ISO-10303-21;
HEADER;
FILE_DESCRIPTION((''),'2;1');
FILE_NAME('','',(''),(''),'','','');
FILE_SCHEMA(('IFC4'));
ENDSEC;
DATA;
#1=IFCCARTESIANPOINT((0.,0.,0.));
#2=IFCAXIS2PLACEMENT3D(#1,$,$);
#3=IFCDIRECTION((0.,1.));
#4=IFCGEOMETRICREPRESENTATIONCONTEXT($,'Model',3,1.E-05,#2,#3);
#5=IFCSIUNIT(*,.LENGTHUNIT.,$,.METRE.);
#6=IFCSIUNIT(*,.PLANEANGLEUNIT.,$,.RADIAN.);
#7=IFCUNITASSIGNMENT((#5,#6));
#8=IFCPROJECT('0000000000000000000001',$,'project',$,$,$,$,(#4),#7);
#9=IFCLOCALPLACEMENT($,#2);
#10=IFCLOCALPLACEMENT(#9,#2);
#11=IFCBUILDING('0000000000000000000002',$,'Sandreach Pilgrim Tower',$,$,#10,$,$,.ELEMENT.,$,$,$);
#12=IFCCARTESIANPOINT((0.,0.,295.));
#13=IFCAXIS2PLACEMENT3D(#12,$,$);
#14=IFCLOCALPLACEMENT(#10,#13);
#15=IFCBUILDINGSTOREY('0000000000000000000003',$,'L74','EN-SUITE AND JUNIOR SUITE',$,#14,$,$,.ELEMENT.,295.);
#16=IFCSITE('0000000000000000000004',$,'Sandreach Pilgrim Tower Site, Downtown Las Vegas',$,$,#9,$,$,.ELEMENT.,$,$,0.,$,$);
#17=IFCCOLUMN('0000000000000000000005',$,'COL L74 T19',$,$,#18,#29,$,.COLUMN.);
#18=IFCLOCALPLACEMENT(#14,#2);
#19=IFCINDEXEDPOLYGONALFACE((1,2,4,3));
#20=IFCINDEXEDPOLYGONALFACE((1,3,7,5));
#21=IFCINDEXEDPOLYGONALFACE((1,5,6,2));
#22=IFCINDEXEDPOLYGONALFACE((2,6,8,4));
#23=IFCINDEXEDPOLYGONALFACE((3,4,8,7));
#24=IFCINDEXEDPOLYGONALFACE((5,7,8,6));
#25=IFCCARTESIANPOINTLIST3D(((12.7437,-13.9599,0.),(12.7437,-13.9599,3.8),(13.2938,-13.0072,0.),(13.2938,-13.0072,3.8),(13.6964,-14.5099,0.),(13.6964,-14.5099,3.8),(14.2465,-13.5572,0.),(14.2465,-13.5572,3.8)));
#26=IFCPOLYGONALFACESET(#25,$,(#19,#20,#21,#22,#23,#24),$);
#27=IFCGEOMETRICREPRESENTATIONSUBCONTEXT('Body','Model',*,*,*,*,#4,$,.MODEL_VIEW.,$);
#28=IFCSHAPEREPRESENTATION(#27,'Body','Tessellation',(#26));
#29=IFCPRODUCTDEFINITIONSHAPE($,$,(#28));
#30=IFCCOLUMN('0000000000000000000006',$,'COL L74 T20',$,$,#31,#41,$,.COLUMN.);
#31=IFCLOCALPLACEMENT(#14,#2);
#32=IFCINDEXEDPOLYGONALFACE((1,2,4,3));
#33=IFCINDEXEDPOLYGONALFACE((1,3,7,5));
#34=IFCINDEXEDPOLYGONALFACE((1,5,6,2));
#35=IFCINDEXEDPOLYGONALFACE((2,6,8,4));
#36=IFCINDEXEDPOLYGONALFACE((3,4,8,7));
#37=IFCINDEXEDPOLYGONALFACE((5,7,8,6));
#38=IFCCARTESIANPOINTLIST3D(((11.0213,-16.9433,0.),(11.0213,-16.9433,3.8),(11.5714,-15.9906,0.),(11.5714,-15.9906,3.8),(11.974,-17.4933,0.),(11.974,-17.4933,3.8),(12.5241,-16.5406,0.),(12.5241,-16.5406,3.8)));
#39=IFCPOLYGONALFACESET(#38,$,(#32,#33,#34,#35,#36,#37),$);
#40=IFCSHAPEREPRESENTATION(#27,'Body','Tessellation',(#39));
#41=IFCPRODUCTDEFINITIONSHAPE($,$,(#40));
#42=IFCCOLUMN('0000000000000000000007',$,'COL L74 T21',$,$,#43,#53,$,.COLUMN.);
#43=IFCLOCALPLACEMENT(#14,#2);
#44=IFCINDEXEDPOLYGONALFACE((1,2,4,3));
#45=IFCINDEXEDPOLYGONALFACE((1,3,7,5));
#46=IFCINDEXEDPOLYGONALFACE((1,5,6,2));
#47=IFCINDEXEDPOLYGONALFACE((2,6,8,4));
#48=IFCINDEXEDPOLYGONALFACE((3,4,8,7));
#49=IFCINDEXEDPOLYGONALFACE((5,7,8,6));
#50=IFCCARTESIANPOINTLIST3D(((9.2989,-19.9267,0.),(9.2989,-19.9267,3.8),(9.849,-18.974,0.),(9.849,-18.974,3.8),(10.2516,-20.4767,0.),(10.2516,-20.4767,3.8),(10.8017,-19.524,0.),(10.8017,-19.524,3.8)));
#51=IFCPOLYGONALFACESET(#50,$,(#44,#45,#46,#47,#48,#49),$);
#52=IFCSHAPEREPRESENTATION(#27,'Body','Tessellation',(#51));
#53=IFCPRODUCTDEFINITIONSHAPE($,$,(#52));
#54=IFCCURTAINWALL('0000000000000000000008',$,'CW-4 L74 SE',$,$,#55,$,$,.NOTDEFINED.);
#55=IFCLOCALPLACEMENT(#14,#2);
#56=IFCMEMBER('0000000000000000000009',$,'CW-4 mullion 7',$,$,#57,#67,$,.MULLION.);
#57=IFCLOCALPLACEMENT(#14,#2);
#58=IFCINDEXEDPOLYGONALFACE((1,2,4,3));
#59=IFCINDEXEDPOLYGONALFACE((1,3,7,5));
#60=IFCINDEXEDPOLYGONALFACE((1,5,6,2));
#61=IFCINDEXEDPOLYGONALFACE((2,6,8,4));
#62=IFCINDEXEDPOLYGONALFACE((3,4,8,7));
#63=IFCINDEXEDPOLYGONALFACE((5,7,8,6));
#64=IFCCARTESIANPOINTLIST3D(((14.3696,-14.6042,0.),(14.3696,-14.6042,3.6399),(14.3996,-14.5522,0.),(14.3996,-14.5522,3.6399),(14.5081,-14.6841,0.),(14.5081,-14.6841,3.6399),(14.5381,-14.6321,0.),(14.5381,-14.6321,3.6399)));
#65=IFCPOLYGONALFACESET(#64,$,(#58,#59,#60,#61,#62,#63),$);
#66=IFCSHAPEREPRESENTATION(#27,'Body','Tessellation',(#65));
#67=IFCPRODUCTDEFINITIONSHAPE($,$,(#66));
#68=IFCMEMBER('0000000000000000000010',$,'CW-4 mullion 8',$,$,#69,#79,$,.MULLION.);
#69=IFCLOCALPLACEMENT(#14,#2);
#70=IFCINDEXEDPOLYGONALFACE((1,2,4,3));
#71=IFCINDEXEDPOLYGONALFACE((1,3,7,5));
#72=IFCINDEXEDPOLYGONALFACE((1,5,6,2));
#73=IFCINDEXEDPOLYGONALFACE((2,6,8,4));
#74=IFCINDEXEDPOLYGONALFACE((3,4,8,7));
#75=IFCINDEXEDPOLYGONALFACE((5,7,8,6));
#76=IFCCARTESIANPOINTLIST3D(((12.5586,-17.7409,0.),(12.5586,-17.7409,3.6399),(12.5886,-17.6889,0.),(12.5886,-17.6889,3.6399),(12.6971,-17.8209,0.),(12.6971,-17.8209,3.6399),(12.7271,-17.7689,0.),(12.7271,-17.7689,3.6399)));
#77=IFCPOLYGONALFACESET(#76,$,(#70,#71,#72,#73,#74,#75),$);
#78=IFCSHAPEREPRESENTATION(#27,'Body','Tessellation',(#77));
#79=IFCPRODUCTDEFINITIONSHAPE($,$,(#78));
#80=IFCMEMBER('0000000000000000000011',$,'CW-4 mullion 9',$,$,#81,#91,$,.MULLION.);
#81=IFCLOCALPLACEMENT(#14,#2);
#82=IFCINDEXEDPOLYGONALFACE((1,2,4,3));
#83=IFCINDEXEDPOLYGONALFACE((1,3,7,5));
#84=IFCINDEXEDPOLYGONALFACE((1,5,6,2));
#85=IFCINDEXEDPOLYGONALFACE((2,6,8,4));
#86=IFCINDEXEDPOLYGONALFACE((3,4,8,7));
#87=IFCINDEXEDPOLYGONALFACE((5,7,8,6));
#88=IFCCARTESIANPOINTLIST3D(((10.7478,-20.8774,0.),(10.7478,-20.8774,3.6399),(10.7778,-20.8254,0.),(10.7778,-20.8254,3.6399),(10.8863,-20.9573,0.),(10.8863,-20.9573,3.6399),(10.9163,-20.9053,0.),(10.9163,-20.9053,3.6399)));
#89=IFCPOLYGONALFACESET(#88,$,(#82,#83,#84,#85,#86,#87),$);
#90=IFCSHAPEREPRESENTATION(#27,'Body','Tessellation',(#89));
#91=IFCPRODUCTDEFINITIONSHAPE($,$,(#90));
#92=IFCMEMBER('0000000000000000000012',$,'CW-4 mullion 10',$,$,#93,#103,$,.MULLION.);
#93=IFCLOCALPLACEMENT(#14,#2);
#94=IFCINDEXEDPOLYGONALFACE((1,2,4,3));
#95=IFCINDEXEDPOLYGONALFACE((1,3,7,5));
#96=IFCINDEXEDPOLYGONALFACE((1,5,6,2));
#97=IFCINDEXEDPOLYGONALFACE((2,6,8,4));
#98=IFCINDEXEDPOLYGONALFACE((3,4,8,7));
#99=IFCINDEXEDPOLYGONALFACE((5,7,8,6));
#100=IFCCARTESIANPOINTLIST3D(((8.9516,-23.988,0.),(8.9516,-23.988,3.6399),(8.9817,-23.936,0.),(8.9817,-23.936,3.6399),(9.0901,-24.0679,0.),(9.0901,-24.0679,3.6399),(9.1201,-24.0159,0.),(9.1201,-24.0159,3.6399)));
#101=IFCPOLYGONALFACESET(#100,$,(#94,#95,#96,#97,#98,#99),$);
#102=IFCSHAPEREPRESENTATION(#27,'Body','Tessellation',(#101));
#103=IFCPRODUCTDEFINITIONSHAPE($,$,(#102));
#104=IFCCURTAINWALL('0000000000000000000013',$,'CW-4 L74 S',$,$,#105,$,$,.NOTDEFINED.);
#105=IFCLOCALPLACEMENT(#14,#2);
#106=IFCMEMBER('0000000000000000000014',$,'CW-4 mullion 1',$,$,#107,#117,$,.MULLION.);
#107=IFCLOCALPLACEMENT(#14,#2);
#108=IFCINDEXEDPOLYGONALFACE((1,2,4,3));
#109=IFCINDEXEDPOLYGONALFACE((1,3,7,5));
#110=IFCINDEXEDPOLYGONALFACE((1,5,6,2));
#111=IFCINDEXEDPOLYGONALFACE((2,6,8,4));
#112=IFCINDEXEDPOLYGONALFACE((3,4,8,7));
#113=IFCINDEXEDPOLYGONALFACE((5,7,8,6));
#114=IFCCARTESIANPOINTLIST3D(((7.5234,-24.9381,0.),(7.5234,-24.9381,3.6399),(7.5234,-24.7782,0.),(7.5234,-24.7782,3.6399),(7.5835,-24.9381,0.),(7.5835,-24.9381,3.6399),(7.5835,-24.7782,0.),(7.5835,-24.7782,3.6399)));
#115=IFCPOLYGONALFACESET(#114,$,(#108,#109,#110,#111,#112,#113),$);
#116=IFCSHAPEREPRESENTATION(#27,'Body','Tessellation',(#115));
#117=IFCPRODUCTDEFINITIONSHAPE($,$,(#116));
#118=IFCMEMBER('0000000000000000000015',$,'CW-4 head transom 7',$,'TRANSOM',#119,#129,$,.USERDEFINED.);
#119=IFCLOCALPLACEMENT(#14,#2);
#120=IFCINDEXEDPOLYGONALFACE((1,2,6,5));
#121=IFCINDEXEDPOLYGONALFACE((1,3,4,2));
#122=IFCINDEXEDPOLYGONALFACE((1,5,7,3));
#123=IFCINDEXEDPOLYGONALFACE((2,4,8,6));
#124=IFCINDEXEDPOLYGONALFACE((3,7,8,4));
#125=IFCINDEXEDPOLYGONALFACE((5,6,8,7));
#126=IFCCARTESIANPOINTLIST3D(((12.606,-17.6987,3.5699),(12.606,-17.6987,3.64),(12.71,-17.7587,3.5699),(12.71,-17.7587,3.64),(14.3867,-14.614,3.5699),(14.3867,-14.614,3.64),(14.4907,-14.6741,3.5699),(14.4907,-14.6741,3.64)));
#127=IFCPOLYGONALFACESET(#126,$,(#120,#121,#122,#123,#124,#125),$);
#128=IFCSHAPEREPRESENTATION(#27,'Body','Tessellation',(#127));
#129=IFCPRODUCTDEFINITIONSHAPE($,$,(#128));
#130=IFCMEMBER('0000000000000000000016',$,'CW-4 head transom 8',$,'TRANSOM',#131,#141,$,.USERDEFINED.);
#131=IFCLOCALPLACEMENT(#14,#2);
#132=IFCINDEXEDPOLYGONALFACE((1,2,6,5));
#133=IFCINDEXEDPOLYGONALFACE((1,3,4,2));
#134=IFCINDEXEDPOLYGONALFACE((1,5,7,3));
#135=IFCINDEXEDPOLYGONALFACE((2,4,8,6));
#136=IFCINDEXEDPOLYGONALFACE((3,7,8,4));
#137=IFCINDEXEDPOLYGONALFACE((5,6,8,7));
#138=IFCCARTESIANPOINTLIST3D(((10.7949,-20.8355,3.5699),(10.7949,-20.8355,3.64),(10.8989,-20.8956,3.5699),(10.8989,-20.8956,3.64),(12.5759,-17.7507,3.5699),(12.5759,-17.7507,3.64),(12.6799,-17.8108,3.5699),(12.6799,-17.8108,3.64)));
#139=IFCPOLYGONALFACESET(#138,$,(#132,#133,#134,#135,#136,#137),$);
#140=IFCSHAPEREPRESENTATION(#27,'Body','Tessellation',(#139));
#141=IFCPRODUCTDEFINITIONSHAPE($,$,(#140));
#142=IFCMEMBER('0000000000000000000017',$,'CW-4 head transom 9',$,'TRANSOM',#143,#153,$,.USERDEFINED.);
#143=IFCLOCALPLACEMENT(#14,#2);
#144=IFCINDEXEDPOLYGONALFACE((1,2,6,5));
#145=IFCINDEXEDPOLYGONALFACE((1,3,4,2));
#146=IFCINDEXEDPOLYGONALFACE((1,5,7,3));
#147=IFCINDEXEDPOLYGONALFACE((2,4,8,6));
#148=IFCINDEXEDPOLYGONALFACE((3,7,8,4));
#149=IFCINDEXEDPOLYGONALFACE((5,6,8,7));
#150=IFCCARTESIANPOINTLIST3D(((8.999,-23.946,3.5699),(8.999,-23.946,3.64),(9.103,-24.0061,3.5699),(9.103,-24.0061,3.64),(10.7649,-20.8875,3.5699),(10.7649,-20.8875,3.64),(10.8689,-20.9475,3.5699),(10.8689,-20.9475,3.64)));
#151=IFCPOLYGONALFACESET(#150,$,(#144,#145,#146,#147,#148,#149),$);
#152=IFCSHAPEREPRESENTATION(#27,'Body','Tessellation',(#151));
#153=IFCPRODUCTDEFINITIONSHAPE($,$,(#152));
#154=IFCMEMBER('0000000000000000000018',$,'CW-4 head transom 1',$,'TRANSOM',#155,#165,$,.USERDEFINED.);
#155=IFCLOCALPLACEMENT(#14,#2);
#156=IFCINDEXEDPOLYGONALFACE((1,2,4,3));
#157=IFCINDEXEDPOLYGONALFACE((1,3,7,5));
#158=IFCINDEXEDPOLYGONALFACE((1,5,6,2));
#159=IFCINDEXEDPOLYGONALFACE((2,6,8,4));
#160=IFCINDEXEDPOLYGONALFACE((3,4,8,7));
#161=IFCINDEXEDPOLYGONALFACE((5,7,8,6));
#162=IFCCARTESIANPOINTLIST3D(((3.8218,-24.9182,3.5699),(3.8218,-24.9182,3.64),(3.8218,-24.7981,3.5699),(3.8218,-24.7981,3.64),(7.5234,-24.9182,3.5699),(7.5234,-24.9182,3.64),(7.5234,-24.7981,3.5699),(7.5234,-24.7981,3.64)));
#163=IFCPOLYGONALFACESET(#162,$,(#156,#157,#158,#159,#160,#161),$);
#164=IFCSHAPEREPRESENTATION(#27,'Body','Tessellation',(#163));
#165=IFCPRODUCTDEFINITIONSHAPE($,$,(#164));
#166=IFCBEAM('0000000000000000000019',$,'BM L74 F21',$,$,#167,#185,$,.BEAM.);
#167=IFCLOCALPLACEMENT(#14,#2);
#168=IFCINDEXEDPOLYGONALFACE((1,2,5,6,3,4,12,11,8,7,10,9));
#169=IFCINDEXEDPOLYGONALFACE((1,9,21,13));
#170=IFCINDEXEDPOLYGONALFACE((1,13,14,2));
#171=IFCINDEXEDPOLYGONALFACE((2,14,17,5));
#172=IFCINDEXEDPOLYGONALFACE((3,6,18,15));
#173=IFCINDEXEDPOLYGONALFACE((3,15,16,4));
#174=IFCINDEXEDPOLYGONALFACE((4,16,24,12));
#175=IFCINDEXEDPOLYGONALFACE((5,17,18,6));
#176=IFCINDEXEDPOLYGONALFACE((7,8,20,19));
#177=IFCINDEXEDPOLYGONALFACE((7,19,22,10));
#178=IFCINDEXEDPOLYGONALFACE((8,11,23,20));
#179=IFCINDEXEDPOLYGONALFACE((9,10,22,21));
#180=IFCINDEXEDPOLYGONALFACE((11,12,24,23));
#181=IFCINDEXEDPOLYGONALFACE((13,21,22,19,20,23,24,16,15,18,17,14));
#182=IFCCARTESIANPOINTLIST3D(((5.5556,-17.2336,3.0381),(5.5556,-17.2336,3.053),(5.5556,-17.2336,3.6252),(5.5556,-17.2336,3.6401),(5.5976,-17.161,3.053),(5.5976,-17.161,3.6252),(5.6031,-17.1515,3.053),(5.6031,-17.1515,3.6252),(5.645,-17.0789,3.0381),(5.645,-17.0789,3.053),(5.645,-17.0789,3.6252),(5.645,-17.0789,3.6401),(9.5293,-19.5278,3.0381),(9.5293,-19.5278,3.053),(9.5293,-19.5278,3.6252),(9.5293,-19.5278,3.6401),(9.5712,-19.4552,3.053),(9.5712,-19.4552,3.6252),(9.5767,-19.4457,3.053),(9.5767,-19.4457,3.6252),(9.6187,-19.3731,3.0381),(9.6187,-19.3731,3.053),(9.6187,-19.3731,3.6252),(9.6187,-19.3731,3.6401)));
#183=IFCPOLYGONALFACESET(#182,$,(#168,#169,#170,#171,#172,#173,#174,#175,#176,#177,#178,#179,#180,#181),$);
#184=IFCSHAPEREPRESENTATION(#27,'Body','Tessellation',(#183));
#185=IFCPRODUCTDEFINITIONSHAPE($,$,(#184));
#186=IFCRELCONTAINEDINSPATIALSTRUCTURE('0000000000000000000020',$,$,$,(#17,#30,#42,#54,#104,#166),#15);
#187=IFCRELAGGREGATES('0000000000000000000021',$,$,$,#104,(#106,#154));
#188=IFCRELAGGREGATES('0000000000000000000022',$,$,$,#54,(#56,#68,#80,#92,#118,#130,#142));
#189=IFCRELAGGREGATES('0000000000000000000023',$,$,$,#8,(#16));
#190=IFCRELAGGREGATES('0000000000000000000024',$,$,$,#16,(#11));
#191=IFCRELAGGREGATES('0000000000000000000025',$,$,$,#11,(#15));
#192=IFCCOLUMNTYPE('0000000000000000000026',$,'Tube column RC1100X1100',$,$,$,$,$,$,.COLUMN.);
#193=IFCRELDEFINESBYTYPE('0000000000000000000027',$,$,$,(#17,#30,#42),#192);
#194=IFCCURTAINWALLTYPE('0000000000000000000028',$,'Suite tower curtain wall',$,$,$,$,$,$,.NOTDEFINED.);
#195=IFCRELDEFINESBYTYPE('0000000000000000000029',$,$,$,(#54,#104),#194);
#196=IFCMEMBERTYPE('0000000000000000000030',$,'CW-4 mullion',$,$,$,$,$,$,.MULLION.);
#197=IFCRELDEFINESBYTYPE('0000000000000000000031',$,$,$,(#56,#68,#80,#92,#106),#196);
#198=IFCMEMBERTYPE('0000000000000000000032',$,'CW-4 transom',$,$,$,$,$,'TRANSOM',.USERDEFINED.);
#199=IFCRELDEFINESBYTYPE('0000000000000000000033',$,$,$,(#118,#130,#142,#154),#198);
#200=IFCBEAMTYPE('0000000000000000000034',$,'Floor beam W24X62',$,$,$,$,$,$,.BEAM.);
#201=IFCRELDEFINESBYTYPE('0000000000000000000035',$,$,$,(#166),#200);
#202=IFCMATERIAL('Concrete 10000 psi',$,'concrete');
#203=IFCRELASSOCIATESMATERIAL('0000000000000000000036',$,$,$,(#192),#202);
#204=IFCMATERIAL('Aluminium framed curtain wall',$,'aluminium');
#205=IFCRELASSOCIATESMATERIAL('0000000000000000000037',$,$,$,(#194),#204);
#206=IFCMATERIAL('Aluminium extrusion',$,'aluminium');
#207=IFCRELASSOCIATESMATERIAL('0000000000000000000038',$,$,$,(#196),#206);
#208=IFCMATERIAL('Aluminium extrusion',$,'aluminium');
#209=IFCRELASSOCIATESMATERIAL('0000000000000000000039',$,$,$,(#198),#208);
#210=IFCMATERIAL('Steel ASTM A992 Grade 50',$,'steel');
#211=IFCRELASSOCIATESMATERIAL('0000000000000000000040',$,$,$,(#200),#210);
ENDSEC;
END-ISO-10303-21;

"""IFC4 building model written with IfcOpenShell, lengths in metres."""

from ifc_helpers import new_model, si_unit, direction, frame, origin, origin_2d, place, context, subcontext, project, spatial, rectangle, i_section, extrude, material, material_profile, profile_set, type_object, element, aggregate, save


model = new_model("IFC4")

# Units and contexts
model_context = context("Model", 3, precision=1e-05, world=origin(), true_north=direction((0.0, 1.0)))
body_context = subcontext(model_context, "Body", "Model", "MODEL_VIEW")
ifc_project = project(units=[si_unit("LENGTHUNIT", "METRE"), si_unit("PLANEANGLEUNIT", "RADIAN")], contexts=[model_context])

# Site, building, storey
site_placement = place(None, origin())
site = spatial("IfcSite", under=ifc_project, at=site_placement, Name="Sandreach Pilgrim Tower Site, Downtown Las Vegas", CompositionType="ELEMENT", RefElevation=0.0)
building_placement = place(site_placement, origin())
building = spatial("IfcBuilding", under=site, at=building_placement, Name="Sandreach Pilgrim Tower", CompositionType="ELEMENT")
storey_placement = place(building_placement, frame((0.0, 0.0, 295.0)))
storey = spatial("IfcBuildingStorey", under=building, at=storey_placement, Name="L74", Description="EN-SUITE AND JUNIOR SUITE", CompositionType="ELEMENT", Elevation=295.0)

# Columns
ifc_material_1 = material(Name="Concrete 10000 psi", Category="concrete")
ifc_material_profile_1 = material_profile(ifc_material_1, rectangle(XDim=1.1001, YDim=1.1001, at=origin_2d()), Name="RC1100X1100")
ifc_profile_set_1 = profile_set([ifc_material_profile_1], Name="Concrete 10000 psi")
column_type = type_object("IfcColumnType", Name="Tube column RC1100X1100", PredefinedType="COLUMN", material=ifc_profile_set_1)
for number, where, z_axis, x_axis, name in (
    (1, (13.4951, -13.7585, 0.0), (0.0, 0.0, 1.0), (0.866025, -0.5, 0.0), "COL L74 T19"),
    (2, (11.7727, -16.7419, 0.0), (0.0, 0.0, 1.0), (0.866025, -0.5, 0.0), "COL L74 T20"),
    (3, (10.0503, -19.7253, 0.0), (0.0, 0.0, 1.0), (0.866025, -0.5, 0.0), "COL L74 T21"),
):
    element("IfcColumn", number, at=place(storey_placement, frame(where, z_axis=z_axis, x_axis=x_axis)), inside=storey, type_object=column_type, Name=name, PredefinedType="COLUMN", context=body_context, shape_type="SweptSolid", body=[
        extrude(rectangle(XDim=1.1001, YDim=1.1001, at=origin_2d()), origin(), (0.0, 0.0, 1.0), 3.8),
    ])

# Curtain wall, members
ifc_material_2 = material(Name="Aluminium framed curtain wall", Category="aluminium")
curtain_wall_type = type_object("IfcCurtainWallType", Name="Suite tower curtain wall", PredefinedType="NOTDEFINED", material=ifc_material_2)
curtain_wall_1_placement = place(storey_placement, origin())
curtain_wall_1 = element("IfcCurtainWall", 4, at=curtain_wall_1_placement, inside=storey, type_object=curtain_wall_type, Name="CW-4 L74 SE", PredefinedType="NOTDEFINED")
ifc_material_3 = material(Name="Aluminium extrusion", Category="aluminium")
ifc_material_profile_2 = material_profile(ifc_material_3, rectangle(XDim=0.0601, YDim=0.1599, at=origin_2d()), Name="CW-4M 60X160")
ifc_profile_set_2 = profile_set([ifc_material_profile_2], Name="Aluminium extrusion")
member_type_1 = type_object("IfcMemberType", Name="CW-4 mullion", PredefinedType="MULLION", material=ifc_profile_set_2)
member_1_placement = place(storey_placement, frame((14.4539, -14.6182, 0.0), z_axis=(0.0, 0.0, 1.0), x_axis=(-0.5, -0.866025, 0.0)))
member_1 = element("IfcMember", 5, at=member_1_placement, type_object=member_type_1, Name="CW-4 mullion 7", PredefinedType="MULLION", context=body_context, shape_type="SweptSolid", body=[
    extrude(rectangle(XDim=0.0601, YDim=0.1599, at=origin_2d()), origin(), (0.0, 0.0, 1.0), 3.6399),
])
member_2_placement = place(storey_placement, frame((12.6428, -17.7549, 0.0), z_axis=(0.0, 0.0, 1.0), x_axis=(-0.5, -0.866025, 0.0)))
member_2 = element("IfcMember", 6, at=member_2_placement, type_object=member_type_1, Name="CW-4 mullion 8", PredefinedType="MULLION", context=body_context, shape_type="SweptSolid", body=[
    extrude(rectangle(XDim=0.0601, YDim=0.1599, at=origin_2d()), origin(), (0.0, 0.0, 1.0), 3.6399),
])
member_3_placement = place(storey_placement, frame((10.832, -20.8914, 0.0), z_axis=(0.0, 0.0, 1.0), x_axis=(-0.5, -0.866025, 0.0)))
member_3 = element("IfcMember", 7, at=member_3_placement, type_object=member_type_1, Name="CW-4 mullion 9", PredefinedType="MULLION", context=body_context, shape_type="SweptSolid", body=[
    extrude(rectangle(XDim=0.0601, YDim=0.1599, at=origin_2d()), origin(), (0.0, 0.0, 1.0), 3.6399),
])
member_4_placement = place(storey_placement, frame((9.0359, -24.002, 0.0), z_axis=(0.0, 0.0, 1.0), x_axis=(-0.5, -0.866025, 0.0)))
member_4 = element("IfcMember", 8, at=member_4_placement, type_object=member_type_1, Name="CW-4 mullion 10", PredefinedType="MULLION", context=body_context, shape_type="SweptSolid", body=[
    extrude(rectangle(XDim=0.0601, YDim=0.1599, at=origin_2d()), origin(), (0.0, 0.0, 1.0), 3.6399),
])

# Curtain wall, member
curtain_wall_2_placement = place(storey_placement, origin())
curtain_wall_2 = element("IfcCurtainWall", 9, at=curtain_wall_2_placement, inside=storey, type_object=curtain_wall_type, Name="CW-4 L74 S", PredefinedType="NOTDEFINED")
member_5_placement = place(storey_placement, frame((7.5535, -24.8582, 0.0), z_axis=(0.0, 0.0, 1.0), x_axis=(-1.0, 0.0, 0.0)))
member_5 = element("IfcMember", 10, at=member_5_placement, type_object=member_type_1, Name="CW-4 mullion 1", PredefinedType="MULLION", context=body_context, shape_type="SweptSolid", body=[
    extrude(rectangle(XDim=0.0601, YDim=0.1599, at=origin_2d()), origin(), (0.0, 0.0, 1.0), 3.6399),
])

# Members
ifc_material_4 = material(Name="Aluminium extrusion", Category="aluminium")
ifc_material_profile_3 = material_profile(ifc_material_4, rectangle(XDim=0.1201, YDim=0.0701, at=origin_2d()), Name="CW-4T 120X70")
ifc_profile_set_3 = profile_set([ifc_material_profile_3], Name="Aluminium extrusion")
member_type_2 = type_object("IfcMemberType", Name="CW-4 transom", ElementType="TRANSOM", PredefinedType="USERDEFINED", material=ifc_profile_set_3)
member_6_placement = place(storey_placement, frame((14.4387, -14.644, 3.605), z_axis=(-0.499958, -0.86605, 0.0), x_axis=(0.86605, -0.499958, 0.0)))
member_6 = element("IfcMember", 11, at=member_6_placement, type_object=member_type_2, Name="CW-4 head transom 7", ObjectType="TRANSOM", PredefinedType="USERDEFINED", context=body_context, shape_type="SweptSolid", body=[
    extrude(rectangle(XDim=0.1201, YDim=0.0701, at=origin_2d()), origin(), (0.0, 0.0, 1.0), 3.5618),
])
member_7_placement = place(storey_placement, frame((12.6279, -17.7808, 3.605), z_axis=(-0.500009, -0.86602, 0.0), x_axis=(0.86602, -0.500009, 0.0)))
member_7 = element("IfcMember", 12, at=member_7_placement, type_object=member_type_2, Name="CW-4 head transom 8", ObjectType="TRANSOM", PredefinedType="USERDEFINED", context=body_context, shape_type="SweptSolid", body=[
    extrude(rectangle(XDim=0.1201, YDim=0.0701, at=origin_2d()), origin(), (0.0, 0.0, 1.0), 3.562),
])
member_8_placement = place(storey_placement, frame((10.8169, -20.9175, 3.605), z_axis=(-0.499998, -0.866027, 0.0), x_axis=(0.866027, -0.499998, 0.0)))
member_8 = element("IfcMember", 13, at=member_8_placement, type_object=member_type_2, Name="CW-4 head transom 9", ObjectType="TRANSOM", PredefinedType="USERDEFINED", context=body_context, shape_type="SweptSolid", body=[
    extrude(rectangle(XDim=0.1201, YDim=0.0701, at=origin_2d()), origin(), (0.0, 0.0, 1.0), 3.5317),
])
member_9_placement = place(storey_placement, frame((7.5234, -24.8582, 3.605), z_axis=(-1.0, 0.0, 0.0), x_axis=(0.0, -1.0, 0.0)))
member_9 = element("IfcMember", 14, at=member_9_placement, type_object=member_type_2, Name="CW-4 head transom 1", ObjectType="TRANSOM", PredefinedType="USERDEFINED", context=body_context, shape_type="SweptSolid", body=[
    extrude(rectangle(XDim=0.1201, YDim=0.0701, at=origin_2d()), origin(), (0.0, 0.0, 1.0), 3.7017),
])
aggregate(curtain_wall_2, [member_5, member_9])

# Beam
ifc_material_5 = material(Name="Steel ASTM A992 Grade 50", Category="steel")
ifc_material_profile_4 = material_profile(ifc_material_5, i_section(OverallWidth=0.1787, OverallDepth=0.6021, WebThickness=0.011, FlangeThickness=0.0149, at=origin_2d()), Name="W24X62")
ifc_profile_set_4 = profile_set([ifc_material_profile_4], Name="Steel ASTM A992 Grade 50")
beam_type_1 = type_object("IfcBeamType", Name="Floor beam W24X62", PredefinedType="BEAM", material=ifc_profile_set_4)
beam_1_placement = place(storey_placement, frame((9.574, -19.4504, 3.3391), z_axis=(-0.866024, 0.500002, 0.0), x_axis=(-0.500002, -0.866024, 0.0)))
element("IfcBeam", 15, at=beam_1_placement, inside=storey, type_object=beam_type_1, Name="BM L74 F21", PredefinedType="BEAM", context=body_context, shape_type="SweptSolid", body=[
    extrude(i_section(OverallWidth=0.1787, OverallDepth=0.6021, WebThickness=0.011, FlangeThickness=0.0149, at=origin_2d()), origin(), (0.0, 0.0, 1.0), 4.5884),
])

aggregate(curtain_wall_1, [member_1, member_2, member_3, member_4, member_6, member_7, member_8])

save(model, "model.ifc")
